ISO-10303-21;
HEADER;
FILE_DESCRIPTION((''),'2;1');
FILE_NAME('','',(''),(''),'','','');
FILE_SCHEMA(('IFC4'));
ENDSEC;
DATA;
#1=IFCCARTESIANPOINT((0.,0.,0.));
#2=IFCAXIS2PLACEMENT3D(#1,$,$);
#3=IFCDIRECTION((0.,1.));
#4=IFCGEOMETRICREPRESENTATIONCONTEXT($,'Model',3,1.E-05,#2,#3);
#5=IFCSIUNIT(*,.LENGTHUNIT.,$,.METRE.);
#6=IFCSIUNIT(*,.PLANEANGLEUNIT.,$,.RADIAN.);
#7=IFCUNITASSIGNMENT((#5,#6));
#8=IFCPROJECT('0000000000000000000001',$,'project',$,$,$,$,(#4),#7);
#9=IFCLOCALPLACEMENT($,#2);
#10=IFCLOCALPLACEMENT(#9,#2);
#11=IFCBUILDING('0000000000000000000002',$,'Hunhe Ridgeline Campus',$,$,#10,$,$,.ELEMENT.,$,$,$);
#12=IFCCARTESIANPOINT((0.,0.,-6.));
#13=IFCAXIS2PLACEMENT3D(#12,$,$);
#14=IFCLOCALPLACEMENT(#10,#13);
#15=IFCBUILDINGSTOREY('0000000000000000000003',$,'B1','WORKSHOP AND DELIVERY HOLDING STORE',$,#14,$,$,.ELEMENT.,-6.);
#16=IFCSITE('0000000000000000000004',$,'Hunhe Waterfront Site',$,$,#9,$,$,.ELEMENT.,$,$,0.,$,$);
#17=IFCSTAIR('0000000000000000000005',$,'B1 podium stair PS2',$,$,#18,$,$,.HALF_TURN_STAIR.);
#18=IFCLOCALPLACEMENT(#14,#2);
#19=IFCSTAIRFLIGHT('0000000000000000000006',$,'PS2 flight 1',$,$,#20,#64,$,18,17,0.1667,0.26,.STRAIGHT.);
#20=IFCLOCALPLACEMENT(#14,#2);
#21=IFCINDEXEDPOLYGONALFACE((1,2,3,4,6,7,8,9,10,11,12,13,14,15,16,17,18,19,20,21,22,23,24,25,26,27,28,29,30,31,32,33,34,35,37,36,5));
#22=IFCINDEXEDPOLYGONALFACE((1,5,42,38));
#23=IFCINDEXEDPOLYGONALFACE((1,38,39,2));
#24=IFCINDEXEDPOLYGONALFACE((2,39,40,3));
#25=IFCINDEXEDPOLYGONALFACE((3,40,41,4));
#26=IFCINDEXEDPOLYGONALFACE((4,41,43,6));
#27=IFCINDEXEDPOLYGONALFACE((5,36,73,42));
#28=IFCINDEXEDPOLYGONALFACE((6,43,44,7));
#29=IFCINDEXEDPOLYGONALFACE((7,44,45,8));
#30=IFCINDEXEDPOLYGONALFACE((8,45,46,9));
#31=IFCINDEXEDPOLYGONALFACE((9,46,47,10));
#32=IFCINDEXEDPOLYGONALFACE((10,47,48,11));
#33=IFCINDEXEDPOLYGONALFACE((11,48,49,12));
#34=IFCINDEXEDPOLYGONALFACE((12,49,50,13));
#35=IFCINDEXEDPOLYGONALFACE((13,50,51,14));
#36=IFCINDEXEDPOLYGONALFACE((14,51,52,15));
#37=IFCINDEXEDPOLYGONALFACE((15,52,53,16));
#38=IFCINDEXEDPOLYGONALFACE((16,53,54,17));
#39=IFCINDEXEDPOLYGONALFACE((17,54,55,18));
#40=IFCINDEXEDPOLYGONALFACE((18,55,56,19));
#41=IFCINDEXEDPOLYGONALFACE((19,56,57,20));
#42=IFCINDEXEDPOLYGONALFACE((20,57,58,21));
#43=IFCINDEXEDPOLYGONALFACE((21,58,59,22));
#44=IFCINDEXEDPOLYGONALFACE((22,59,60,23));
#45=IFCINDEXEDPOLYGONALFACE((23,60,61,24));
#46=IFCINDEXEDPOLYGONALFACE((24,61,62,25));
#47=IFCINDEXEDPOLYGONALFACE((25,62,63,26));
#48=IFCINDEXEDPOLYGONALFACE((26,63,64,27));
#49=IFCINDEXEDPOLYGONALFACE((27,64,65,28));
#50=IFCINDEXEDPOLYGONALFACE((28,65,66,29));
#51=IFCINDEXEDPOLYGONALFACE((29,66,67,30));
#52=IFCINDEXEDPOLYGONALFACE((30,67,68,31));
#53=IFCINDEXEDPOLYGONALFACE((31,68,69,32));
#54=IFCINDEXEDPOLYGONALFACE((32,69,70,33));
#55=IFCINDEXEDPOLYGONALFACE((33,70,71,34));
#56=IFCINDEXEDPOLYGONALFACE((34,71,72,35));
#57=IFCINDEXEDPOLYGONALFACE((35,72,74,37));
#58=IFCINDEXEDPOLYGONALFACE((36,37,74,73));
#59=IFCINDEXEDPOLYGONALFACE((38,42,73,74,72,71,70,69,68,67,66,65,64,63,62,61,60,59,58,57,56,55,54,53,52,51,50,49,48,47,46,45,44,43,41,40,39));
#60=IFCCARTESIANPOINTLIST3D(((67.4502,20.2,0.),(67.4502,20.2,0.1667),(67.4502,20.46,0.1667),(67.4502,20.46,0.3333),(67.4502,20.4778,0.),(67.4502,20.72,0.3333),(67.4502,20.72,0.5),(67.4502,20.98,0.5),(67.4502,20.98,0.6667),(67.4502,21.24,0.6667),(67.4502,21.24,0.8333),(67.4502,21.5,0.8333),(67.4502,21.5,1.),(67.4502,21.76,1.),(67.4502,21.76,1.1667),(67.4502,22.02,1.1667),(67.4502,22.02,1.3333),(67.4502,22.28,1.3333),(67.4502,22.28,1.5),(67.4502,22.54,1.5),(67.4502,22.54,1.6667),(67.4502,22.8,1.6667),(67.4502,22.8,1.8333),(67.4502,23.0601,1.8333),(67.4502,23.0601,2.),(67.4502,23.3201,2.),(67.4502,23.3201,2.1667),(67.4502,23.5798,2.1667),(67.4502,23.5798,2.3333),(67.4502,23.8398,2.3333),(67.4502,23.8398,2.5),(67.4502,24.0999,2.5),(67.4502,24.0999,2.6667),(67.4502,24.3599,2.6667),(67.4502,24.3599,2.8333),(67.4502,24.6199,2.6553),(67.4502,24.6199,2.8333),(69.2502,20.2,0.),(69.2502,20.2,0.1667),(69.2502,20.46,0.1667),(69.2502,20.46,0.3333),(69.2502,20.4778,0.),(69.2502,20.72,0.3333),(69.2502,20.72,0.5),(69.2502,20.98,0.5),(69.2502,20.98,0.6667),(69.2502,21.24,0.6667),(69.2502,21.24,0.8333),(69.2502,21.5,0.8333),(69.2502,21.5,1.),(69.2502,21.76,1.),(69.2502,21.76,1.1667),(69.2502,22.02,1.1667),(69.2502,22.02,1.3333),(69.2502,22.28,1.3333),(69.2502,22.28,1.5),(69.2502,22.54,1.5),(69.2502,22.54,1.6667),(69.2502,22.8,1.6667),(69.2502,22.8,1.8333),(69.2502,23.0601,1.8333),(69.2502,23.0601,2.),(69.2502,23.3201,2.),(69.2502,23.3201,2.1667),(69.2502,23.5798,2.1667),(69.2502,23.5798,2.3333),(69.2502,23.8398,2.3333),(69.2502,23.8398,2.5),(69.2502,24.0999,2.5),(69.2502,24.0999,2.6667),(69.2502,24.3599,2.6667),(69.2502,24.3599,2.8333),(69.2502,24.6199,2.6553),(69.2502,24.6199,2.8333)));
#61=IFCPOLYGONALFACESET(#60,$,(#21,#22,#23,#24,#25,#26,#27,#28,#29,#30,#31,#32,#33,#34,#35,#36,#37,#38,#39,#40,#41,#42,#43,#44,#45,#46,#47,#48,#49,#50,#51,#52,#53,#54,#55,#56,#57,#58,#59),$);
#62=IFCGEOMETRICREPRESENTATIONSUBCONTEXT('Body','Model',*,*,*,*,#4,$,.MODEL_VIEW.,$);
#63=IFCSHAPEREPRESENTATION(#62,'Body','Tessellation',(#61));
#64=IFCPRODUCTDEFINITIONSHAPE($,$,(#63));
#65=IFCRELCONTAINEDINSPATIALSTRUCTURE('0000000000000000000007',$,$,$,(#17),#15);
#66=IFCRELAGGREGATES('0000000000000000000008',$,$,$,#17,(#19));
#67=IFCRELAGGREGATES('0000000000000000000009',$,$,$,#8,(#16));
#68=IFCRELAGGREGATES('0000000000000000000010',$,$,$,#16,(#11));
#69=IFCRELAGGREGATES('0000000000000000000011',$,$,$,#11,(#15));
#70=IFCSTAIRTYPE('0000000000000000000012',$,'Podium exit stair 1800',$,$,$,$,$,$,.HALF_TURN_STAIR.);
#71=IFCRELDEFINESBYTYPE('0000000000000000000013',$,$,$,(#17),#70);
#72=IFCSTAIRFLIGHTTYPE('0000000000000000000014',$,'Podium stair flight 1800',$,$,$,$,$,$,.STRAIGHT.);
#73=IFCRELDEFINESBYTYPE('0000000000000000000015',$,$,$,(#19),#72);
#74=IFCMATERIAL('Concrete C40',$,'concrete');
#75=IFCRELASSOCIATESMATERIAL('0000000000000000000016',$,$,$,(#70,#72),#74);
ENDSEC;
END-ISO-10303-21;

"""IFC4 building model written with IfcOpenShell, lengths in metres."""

from ifc_helpers import new_model, si_unit, direction, frame, origin, place, context, subcontext, project, spatial, polyline, outline, extrude, material, type_object, element, aggregate, save


model = new_model("IFC4")

# Units and contexts
model_context = context("Model", 3, precision=1e-05, world=origin(), true_north=direction((0.0, 1.0)))
body_context = subcontext(model_context, "Body", "Model", "MODEL_VIEW")
ifc_project = project(units=[si_unit("LENGTHUNIT", "METRE"), si_unit("PLANEANGLEUNIT", "RADIAN")], contexts=[model_context])

# Site, building, storey
site_placement = place(None, origin())
site = spatial("IfcSite", under=ifc_project, at=site_placement, Name="Hunhe Waterfront Site", CompositionType="ELEMENT", RefElevation=0.0)
building_placement = place(site_placement, origin())
building = spatial("IfcBuilding", under=site, at=building_placement, Name="Hunhe Ridgeline Campus", CompositionType="ELEMENT")
storey_placement = place(building_placement, frame((0.0, 0.0, -6.0)))
storey = spatial("IfcBuildingStorey", under=building, at=storey_placement, Name="B1", Description="WORKSHOP AND DELIVERY HOLDING STORE", CompositionType="ELEMENT", Elevation=-6.0)

# Shared definitions
ifc_material_1 = material(Name="Concrete C40", Category="concrete")

# Stair, stair flight
stair_type = type_object("IfcStairType", Name="Podium exit stair 1800", PredefinedType="HALF_TURN_STAIR", material=ifc_material_1)
stair_placement = place(storey_placement, origin())
stair = element("IfcStair", 1, at=stair_placement, inside=storey, type_object=stair_type, Name="B1 podium stair PS2", PredefinedType="HALF_TURN_STAIR")
stair_flight_type = type_object("IfcStairFlightType", Name="Podium stair flight 1800", PredefinedType="STRAIGHT", material=ifc_material_1)
stair_flight_placement = place(storey_placement, frame((68.3501, 20.2, 0.0), z_axis=(0.0, 0.0, 1.0), x_axis=(0.0, 1.0, 0.0)))
stair_flight = element("IfcStairFlight", 2, at=stair_flight_placement, type_object=stair_flight_type, Name="PS2 flight 1", NumberOfRisers=18, NumberOfTreads=17, PredefinedType="STRAIGHT", RiserHeight=0.1667, TreadLength=0.26, context=body_context, shape_type="SweptSolid", body=[
    extrude(outline(polyline([(0.0, 0.0), (0.0, 0.1667), (0.26, 0.1667), (0.26, 0.3333), (0.52, 0.3333), (0.52, 0.5), (0.78, 0.5), (0.78, 0.6667), (1.04, 0.6667), (1.04, 0.8333), (1.3, 0.8333), (1.3, 1.0), (1.5601, 1.0), (1.5601, 1.1667), (1.8201, 1.1667), (1.8201, 1.3333), (2.0801, 1.3333), (2.0801, 1.5), (2.3401, 1.5), (2.3401, 1.6667), (2.6001, 1.6667), (2.6001, 1.8333), (2.8601, 1.8333), (2.8601, 2.0), (3.1201, 2.0), (3.1201, 2.1667), (3.3799, 2.1667), (3.3799, 2.3333), (3.6399, 2.3333), (3.6399, 2.5), (3.8999, 2.5), (3.8999, 2.6667), (4.1599, 2.6667), (4.1599, 2.8333), (4.4199, 2.8333), (4.4199, 3.0), (4.4199, 2.6553), (0.2778, 0.0), (0.0, 0.0)])), frame((0.0, 0.8999, 0.0), z_axis=(0.0, -1.0, 0.0), x_axis=(1.0, 0.0, 0.0)), (0.0, 0.0, 1.0), 1.8),
])
aggregate(stair, [stair_flight])

save(model, "model.ifc")
